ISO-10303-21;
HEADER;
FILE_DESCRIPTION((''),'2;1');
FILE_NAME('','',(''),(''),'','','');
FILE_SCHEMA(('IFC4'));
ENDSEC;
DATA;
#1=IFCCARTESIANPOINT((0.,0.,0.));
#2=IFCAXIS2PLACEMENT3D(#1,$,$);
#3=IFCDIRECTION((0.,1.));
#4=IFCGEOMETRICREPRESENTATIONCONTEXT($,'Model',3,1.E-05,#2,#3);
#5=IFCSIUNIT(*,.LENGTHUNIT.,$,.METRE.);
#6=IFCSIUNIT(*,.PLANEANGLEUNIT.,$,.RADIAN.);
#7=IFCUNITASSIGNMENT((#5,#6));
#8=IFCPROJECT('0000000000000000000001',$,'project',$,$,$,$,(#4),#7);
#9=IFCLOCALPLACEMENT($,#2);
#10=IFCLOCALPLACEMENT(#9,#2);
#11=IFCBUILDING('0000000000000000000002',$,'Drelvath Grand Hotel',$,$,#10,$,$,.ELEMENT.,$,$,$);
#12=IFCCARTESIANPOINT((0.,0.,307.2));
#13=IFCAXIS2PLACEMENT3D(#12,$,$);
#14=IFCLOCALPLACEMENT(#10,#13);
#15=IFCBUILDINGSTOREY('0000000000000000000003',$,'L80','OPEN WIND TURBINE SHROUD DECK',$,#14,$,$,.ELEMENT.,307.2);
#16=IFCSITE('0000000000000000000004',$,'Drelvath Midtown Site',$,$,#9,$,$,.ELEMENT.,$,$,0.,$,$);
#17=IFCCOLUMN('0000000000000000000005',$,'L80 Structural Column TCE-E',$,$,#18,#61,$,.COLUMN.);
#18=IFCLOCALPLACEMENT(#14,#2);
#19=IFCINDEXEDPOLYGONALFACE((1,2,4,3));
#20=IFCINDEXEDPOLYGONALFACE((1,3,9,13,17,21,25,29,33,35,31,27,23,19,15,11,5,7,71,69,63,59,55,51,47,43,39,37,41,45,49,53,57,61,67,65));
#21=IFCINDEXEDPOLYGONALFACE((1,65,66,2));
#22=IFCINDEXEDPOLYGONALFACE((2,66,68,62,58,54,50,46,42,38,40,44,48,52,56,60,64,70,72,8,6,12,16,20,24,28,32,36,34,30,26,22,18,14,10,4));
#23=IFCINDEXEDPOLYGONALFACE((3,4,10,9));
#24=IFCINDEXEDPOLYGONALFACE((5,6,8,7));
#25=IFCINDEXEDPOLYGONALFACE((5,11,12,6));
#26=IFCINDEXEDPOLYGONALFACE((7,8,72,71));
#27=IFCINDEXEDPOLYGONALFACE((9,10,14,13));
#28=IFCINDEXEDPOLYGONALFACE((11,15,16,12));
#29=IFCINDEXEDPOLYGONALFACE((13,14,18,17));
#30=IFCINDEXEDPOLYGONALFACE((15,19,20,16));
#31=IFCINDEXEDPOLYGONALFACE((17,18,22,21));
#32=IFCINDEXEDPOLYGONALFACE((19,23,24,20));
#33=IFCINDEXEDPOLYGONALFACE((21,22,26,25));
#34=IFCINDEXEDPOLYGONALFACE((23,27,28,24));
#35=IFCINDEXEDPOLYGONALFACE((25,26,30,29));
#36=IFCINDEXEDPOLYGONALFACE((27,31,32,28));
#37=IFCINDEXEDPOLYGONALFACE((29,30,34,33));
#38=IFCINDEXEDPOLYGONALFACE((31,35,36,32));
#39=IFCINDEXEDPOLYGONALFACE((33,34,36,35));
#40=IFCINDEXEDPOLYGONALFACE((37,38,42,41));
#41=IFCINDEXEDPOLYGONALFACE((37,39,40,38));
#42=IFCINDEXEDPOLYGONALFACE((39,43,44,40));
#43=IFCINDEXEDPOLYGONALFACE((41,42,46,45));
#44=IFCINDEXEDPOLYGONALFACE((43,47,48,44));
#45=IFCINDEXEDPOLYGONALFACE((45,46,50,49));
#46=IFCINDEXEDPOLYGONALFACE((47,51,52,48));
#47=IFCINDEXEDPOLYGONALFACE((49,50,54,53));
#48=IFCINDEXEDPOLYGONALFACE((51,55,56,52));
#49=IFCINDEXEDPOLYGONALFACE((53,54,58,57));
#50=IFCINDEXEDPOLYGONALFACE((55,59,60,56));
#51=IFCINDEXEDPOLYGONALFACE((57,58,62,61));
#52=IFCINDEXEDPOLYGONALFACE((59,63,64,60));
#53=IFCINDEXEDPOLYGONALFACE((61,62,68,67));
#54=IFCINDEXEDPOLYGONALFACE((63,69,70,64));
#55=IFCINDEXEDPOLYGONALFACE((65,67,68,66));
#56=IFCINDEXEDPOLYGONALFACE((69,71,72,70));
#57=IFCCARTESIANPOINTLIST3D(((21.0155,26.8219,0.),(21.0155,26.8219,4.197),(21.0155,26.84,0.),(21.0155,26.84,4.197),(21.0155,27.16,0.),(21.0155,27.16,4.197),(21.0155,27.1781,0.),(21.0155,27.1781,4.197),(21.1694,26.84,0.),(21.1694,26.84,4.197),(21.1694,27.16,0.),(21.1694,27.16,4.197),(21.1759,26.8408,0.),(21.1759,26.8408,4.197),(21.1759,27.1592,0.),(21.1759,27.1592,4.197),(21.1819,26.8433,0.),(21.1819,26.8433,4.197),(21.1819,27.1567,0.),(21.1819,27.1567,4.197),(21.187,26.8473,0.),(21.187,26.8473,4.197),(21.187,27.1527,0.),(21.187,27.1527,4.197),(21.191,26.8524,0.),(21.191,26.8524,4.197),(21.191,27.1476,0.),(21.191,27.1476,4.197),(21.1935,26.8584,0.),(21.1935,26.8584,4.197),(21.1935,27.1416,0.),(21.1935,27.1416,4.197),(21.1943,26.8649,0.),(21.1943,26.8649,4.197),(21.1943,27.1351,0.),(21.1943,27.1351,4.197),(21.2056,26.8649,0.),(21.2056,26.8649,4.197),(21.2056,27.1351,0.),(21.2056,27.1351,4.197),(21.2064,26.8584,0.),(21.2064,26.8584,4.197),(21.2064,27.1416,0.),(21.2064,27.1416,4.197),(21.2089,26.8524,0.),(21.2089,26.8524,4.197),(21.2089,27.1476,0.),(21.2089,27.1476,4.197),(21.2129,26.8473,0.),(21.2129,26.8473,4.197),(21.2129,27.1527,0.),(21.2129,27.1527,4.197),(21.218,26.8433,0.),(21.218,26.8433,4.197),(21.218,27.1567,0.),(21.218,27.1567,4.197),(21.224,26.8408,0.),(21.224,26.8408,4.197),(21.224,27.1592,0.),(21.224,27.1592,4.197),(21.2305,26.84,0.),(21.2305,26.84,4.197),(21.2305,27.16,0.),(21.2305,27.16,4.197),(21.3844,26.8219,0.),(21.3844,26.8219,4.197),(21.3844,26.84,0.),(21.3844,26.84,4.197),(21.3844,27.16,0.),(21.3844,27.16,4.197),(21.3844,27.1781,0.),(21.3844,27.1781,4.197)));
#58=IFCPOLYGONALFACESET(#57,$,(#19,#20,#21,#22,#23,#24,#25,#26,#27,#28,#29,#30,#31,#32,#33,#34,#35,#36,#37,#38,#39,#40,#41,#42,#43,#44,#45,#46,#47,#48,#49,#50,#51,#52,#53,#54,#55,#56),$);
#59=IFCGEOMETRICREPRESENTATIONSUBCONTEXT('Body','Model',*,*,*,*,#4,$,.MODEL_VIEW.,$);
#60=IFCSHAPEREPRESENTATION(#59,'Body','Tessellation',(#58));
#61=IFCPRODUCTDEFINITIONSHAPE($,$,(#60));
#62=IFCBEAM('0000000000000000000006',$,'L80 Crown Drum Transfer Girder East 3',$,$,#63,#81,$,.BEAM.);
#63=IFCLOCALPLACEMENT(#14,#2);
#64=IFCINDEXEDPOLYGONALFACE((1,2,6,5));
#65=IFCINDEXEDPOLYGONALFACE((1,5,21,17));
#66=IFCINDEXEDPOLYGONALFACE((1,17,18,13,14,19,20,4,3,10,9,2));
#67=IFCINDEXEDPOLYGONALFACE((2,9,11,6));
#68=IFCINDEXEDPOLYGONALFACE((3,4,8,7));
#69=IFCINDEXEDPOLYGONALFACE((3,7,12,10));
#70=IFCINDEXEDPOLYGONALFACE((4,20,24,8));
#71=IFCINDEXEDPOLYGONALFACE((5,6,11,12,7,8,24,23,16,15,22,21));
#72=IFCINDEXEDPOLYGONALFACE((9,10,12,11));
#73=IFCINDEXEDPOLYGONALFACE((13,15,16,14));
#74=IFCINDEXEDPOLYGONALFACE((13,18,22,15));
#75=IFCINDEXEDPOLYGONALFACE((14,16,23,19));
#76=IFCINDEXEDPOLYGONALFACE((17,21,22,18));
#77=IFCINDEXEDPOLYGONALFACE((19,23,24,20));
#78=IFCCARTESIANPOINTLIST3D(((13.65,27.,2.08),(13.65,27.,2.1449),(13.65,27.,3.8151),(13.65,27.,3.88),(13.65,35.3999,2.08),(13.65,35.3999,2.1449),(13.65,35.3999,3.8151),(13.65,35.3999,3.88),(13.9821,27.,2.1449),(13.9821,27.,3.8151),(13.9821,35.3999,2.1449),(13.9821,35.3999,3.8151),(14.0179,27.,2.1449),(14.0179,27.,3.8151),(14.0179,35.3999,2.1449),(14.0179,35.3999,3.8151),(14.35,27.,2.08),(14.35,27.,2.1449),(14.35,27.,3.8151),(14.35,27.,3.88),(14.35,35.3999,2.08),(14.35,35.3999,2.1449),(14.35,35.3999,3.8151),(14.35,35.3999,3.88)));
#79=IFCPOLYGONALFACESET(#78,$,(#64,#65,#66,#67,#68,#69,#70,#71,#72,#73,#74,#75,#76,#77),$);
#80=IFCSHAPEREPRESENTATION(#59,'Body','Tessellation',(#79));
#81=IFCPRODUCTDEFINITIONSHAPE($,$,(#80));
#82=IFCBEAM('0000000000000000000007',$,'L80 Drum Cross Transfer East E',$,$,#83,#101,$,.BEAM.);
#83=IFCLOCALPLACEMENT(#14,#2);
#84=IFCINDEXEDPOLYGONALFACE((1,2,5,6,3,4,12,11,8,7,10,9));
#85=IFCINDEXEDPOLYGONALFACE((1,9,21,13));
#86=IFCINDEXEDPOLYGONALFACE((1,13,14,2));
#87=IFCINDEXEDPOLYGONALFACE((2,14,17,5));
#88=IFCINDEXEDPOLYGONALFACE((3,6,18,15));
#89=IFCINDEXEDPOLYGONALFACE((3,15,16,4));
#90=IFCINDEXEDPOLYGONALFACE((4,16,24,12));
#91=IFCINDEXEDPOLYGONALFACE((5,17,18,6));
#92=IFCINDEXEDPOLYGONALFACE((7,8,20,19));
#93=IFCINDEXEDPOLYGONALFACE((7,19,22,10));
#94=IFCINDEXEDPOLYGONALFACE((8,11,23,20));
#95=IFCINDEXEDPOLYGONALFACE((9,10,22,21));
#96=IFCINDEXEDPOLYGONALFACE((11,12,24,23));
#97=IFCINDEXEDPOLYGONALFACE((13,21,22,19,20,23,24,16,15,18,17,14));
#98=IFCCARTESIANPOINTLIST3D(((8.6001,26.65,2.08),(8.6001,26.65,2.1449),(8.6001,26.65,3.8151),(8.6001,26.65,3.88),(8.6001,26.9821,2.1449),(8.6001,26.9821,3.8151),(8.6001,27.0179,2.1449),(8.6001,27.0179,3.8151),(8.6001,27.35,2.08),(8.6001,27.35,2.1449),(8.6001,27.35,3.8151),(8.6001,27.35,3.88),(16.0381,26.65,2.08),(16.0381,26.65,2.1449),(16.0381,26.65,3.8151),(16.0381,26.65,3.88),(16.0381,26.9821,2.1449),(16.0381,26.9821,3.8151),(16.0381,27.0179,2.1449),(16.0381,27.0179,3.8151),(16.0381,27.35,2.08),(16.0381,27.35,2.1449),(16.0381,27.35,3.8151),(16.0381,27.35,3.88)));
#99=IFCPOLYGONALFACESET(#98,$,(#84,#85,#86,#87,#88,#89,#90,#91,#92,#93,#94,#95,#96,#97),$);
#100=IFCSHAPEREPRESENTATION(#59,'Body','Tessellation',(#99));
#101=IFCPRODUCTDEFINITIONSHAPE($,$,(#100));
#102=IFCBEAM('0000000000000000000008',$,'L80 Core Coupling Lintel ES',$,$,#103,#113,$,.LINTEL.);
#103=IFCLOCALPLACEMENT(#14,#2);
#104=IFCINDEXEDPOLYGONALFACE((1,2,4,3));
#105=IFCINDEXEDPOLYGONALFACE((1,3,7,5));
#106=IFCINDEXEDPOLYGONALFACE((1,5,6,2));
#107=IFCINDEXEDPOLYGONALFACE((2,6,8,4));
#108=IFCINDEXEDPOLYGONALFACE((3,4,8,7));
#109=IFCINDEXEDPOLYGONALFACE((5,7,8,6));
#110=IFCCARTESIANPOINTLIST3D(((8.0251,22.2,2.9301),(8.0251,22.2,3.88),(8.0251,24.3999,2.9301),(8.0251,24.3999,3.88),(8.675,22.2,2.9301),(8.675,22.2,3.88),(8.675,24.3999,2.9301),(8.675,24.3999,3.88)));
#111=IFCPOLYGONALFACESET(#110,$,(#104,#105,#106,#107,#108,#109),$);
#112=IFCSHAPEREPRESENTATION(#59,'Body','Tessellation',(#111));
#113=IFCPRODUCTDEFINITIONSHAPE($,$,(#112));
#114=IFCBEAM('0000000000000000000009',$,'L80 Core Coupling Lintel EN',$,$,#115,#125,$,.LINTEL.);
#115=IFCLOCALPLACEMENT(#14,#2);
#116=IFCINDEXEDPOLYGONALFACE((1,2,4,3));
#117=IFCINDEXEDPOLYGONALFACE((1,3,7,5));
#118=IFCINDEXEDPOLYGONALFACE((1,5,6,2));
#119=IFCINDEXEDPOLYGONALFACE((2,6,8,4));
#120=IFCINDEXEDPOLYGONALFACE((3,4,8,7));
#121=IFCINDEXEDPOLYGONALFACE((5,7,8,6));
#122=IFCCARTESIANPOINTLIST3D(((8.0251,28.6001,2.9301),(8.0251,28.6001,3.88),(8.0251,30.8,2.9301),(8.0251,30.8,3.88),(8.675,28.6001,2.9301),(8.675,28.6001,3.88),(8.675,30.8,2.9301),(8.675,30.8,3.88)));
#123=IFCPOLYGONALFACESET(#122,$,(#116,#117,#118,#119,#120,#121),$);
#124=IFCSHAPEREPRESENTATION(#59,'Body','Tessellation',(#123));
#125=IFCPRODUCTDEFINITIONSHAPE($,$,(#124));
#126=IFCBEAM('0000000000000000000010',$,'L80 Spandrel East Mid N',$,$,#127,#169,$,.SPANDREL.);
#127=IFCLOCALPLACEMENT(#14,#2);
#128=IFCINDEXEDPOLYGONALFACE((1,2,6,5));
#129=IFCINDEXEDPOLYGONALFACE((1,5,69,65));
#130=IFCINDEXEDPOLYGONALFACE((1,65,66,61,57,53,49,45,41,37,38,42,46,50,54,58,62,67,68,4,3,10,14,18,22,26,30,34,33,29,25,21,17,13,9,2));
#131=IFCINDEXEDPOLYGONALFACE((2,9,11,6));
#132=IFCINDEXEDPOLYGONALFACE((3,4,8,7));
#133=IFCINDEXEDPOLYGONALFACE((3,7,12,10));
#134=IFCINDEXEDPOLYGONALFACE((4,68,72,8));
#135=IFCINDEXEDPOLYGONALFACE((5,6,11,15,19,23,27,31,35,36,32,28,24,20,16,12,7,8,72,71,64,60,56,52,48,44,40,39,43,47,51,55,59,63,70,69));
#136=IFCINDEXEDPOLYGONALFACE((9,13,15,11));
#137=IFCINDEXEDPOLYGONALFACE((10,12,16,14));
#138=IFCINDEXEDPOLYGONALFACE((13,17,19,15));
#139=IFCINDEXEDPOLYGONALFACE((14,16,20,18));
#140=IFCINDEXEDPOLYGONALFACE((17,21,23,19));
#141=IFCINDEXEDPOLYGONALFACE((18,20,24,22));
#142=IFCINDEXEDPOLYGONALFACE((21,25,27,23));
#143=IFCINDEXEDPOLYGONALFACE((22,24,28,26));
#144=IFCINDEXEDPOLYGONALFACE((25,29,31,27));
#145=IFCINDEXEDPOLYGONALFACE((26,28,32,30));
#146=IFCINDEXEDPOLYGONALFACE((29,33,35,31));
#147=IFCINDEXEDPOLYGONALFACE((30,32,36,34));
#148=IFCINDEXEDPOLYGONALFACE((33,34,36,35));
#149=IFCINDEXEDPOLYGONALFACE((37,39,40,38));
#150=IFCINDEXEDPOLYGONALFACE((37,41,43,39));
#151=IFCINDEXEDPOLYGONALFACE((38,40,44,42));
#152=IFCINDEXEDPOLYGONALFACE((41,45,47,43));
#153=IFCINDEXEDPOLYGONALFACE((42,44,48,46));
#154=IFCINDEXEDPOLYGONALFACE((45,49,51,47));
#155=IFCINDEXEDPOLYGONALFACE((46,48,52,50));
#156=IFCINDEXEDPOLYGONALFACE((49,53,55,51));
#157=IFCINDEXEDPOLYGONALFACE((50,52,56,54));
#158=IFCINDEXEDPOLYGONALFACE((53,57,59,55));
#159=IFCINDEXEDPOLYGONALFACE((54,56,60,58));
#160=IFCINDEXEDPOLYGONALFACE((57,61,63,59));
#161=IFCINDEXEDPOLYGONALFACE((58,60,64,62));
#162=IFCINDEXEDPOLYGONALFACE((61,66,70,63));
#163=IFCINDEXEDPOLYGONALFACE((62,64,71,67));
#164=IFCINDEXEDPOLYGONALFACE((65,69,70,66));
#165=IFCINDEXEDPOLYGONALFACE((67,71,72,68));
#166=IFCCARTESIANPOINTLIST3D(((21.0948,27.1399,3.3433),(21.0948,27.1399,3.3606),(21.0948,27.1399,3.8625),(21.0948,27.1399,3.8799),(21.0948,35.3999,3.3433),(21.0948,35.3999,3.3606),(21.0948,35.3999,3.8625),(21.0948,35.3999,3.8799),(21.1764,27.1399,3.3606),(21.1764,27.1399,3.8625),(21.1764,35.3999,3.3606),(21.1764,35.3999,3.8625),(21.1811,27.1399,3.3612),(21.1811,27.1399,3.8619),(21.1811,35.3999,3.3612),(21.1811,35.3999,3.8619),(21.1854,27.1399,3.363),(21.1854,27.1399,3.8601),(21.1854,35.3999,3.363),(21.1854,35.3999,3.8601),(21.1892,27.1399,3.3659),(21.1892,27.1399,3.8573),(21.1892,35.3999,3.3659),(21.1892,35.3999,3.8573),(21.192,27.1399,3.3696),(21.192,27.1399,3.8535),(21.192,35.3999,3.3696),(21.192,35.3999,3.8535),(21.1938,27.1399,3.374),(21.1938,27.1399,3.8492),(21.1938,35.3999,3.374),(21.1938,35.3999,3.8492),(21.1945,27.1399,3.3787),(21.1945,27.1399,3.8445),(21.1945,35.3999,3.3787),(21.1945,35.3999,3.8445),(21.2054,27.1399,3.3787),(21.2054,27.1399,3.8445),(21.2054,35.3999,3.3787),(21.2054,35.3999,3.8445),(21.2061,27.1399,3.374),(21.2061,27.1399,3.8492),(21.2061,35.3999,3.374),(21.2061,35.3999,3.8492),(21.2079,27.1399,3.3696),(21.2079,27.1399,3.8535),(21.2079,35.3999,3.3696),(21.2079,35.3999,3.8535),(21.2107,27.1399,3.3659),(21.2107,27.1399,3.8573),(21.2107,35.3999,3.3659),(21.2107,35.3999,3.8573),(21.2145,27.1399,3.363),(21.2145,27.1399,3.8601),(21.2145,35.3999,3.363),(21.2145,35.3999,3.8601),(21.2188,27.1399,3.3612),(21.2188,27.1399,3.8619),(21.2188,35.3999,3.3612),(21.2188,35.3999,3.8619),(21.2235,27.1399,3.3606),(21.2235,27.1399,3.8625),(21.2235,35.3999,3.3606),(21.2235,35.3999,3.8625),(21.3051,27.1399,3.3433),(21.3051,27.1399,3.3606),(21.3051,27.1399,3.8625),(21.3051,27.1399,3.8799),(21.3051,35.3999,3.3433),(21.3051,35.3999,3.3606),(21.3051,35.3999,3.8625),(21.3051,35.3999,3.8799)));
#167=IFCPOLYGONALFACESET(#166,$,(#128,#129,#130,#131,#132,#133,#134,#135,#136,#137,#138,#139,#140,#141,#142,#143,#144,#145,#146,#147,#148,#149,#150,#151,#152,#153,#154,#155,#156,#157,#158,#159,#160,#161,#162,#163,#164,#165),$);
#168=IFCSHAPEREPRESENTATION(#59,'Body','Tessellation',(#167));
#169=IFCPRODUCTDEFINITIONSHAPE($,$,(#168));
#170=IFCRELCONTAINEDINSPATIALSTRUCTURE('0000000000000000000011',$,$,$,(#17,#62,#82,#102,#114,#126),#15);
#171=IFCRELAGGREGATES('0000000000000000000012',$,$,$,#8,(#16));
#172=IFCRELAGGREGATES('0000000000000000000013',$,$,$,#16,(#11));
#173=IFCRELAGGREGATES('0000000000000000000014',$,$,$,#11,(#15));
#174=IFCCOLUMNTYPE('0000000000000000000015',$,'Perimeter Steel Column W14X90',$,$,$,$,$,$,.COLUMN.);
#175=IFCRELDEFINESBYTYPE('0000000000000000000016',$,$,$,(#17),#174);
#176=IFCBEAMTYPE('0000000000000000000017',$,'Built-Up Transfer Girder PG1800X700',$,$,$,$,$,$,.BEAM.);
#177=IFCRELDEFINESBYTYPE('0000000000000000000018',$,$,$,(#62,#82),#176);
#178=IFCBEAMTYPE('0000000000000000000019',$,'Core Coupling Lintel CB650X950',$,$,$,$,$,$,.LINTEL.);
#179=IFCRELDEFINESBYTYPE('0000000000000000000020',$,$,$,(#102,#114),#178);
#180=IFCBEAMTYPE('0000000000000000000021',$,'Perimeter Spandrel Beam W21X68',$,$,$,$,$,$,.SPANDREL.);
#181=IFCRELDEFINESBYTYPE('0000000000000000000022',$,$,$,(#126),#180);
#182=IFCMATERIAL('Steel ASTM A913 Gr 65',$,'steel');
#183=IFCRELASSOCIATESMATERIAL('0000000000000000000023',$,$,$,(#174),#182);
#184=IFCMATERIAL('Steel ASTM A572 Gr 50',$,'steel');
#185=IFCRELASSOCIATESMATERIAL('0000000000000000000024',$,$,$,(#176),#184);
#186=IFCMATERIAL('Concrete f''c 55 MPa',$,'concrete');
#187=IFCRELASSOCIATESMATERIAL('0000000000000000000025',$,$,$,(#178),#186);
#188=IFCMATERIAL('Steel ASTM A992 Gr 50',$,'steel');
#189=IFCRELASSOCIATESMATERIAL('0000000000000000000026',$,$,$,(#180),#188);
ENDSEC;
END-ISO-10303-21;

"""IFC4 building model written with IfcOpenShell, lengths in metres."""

from ifc_helpers import new_model, si_unit, direction, frame, origin, origin_2d, place, context, subcontext, project, spatial, rectangle, i_section, extrude, material, material_profile, profile_set, type_object, element, save


model = new_model("IFC4")

# Units and contexts
model_context = context("Model", 3, precision=1e-05, world=origin(), true_north=direction((0.0, 1.0)))
body_context = subcontext(model_context, "Body", "Model", "MODEL_VIEW")
ifc_project = project(units=[si_unit("LENGTHUNIT", "METRE"), si_unit("PLANEANGLEUNIT", "RADIAN")], contexts=[model_context])

# Site, building, storey
site_placement = place(None, origin())
site = spatial("IfcSite", under=ifc_project, at=site_placement, Name="Drelvath Midtown Site", CompositionType="ELEMENT", RefElevation=0.0)
building_placement = place(site_placement, origin())
building = spatial("IfcBuilding", under=site, at=building_placement, Name="Drelvath Grand Hotel", CompositionType="ELEMENT")
storey_placement = place(building_placement, frame((0.0, 0.0, 307.2)))
storey = spatial("IfcBuildingStorey", under=building, at=storey_placement, Name="L80", Description="OPEN WIND TURBINE SHROUD DECK", CompositionType="ELEMENT", Elevation=307.2)

# Column
ifc_material_1 = material(Name="Steel ASTM A913 Gr 65", Category="steel")
ifc_material_profile_1 = material_profile(ifc_material_1, i_section(OverallWidth=0.3689, OverallDepth=0.3562, WebThickness=0.0112, FlangeThickness=0.0181, FilletRadius=0.0249, at=origin_2d()), Name="W14X90")
ifc_profile_set_1 = profile_set([ifc_material_profile_1], Name="Steel ASTM A913 Gr 65")
column_type = type_object("IfcColumnType", Name="Perimeter Steel Column W14X90", PredefinedType="COLUMN", material=ifc_profile_set_1)
column_placement = place(storey_placement, frame((21.2, 27.0, 0.0), z_axis=(0.0, 0.0, 1.0), x_axis=(1.0, 0.0, 0.0)))
element("IfcColumn", 1, at=column_placement, inside=storey, type_object=column_type, Name="L80 Structural Column TCE-E", PredefinedType="COLUMN", context=body_context, shape_type="SweptSolid", body=[
    extrude(i_section(OverallWidth=0.3689, OverallDepth=0.3562, WebThickness=0.0112, FlangeThickness=0.0181, FilletRadius=0.0249, at=origin_2d()), origin(), (0.0, 0.0, 1.0), 4.197),
])

# Beams
ifc_material_2 = material(Name="Steel ASTM A572 Gr 50", Category="steel")
ifc_material_profile_2 = material_profile(ifc_material_2, i_section(OverallWidth=0.7, OverallDepth=1.8, WebThickness=0.0359, FlangeThickness=0.0649, at=origin_2d()), Name="PG1800X700")
ifc_profile_set_2 = profile_set([ifc_material_profile_2], Name="Steel ASTM A572 Gr 50")
beam_type_1 = type_object("IfcBeamType", Name="Built-Up Transfer Girder PG1800X700", PredefinedType="BEAM", material=ifc_profile_set_2)
beam_1_placement = place(storey_placement, frame((14.0, 27.0, 2.98), z_axis=(0.0, 1.0, 0.0), x_axis=(-1.0, 0.0, 0.0)))
element("IfcBeam", 2, at=beam_1_placement, inside=storey, type_object=beam_type_1, Name="L80 Crown Drum Transfer Girder East 3", PredefinedType="BEAM", context=body_context, shape_type="SweptSolid", body=[
    extrude(i_section(OverallWidth=0.7, OverallDepth=1.8, WebThickness=0.0359, FlangeThickness=0.0649, at=origin_2d()), origin(), (0.0, 0.0, 1.0), 8.3999),
])
beam_2_placement = place(storey_placement, frame((8.6001, 27.0, 2.98), z_axis=(1.0, 0.0, 0.0), x_axis=(0.0, 1.0, 0.0)))
element("IfcBeam", 3, at=beam_2_placement, inside=storey, type_object=beam_type_1, Name="L80 Drum Cross Transfer East E", PredefinedType="BEAM", context=body_context, shape_type="SweptSolid", body=[
    extrude(i_section(OverallWidth=0.7, OverallDepth=1.8, WebThickness=0.0359, FlangeThickness=0.0649, at=origin_2d()), origin(), (0.0, 0.0, 1.0), 7.438),
])
ifc_material_3 = material(Name="Concrete f'c 55 MPa", Category="concrete")
ifc_material_profile_3 = material_profile(ifc_material_3, rectangle(XDim=0.6499, YDim=0.95, at=origin_2d()), Name="CB650X950")
ifc_profile_set_3 = profile_set([ifc_material_profile_3], Name="Concrete f'c 55 MPa")
beam_type_2 = type_object("IfcBeamType", Name="Core Coupling Lintel CB650X950", PredefinedType="LINTEL", material=ifc_profile_set_3)
for number, where, z_axis, x_axis, name in (
    (4, (8.3501, 22.2, 3.405), (0.0, 1.0, 0.0), (-1.0, 0.0, 0.0), "L80 Core Coupling Lintel ES"),
    (5, (8.3501, 28.6001, 3.405), (0.0, 1.0, 0.0), (-1.0, 0.0, 0.0), "L80 Core Coupling Lintel EN"),
):
    element("IfcBeam", number, at=place(storey_placement, frame(where, z_axis=z_axis, x_axis=x_axis)), inside=storey, type_object=beam_type_2, Name=name, PredefinedType="LINTEL", context=body_context, shape_type="SweptSolid", body=[
        extrude(rectangle(XDim=0.6499, YDim=0.95, at=origin_2d()), origin(), (0.0, 0.0, 1.0), 2.2),
    ])
ifc_material_4 = material(Name="Steel ASTM A992 Gr 50", Category="steel")
ifc_material_profile_4 = material_profile(ifc_material_4, i_section(OverallWidth=0.2102, OverallDepth=0.5366, WebThickness=0.011, FlangeThickness=0.0173, FilletRadius=0.0181, at=origin_2d()), Name="W21X68")
ifc_profile_set_4 = profile_set([ifc_material_profile_4], Name="Steel ASTM A992 Gr 50")
beam_type_3 = type_object("IfcBeamType", Name="Perimeter Spandrel Beam W21X68", PredefinedType="SPANDREL", material=ifc_profile_set_4)
beam_3_placement = place(storey_placement, frame((21.2, 27.1399, 3.6116), z_axis=(0.0, 1.0, 0.0), x_axis=(-1.0, 0.0, 0.0)))
element("IfcBeam", 6, at=beam_3_placement, inside=storey, type_object=beam_type_3, Name="L80 Spandrel East Mid N", PredefinedType="SPANDREL", context=body_context, shape_type="SweptSolid", body=[
    extrude(i_section(OverallWidth=0.2102, OverallDepth=0.5366, WebThickness=0.011, FlangeThickness=0.0173, FilletRadius=0.0181, at=origin_2d()), origin(), (0.0, 0.0, 1.0), 8.26),
])

save(model, "model.ifc")
